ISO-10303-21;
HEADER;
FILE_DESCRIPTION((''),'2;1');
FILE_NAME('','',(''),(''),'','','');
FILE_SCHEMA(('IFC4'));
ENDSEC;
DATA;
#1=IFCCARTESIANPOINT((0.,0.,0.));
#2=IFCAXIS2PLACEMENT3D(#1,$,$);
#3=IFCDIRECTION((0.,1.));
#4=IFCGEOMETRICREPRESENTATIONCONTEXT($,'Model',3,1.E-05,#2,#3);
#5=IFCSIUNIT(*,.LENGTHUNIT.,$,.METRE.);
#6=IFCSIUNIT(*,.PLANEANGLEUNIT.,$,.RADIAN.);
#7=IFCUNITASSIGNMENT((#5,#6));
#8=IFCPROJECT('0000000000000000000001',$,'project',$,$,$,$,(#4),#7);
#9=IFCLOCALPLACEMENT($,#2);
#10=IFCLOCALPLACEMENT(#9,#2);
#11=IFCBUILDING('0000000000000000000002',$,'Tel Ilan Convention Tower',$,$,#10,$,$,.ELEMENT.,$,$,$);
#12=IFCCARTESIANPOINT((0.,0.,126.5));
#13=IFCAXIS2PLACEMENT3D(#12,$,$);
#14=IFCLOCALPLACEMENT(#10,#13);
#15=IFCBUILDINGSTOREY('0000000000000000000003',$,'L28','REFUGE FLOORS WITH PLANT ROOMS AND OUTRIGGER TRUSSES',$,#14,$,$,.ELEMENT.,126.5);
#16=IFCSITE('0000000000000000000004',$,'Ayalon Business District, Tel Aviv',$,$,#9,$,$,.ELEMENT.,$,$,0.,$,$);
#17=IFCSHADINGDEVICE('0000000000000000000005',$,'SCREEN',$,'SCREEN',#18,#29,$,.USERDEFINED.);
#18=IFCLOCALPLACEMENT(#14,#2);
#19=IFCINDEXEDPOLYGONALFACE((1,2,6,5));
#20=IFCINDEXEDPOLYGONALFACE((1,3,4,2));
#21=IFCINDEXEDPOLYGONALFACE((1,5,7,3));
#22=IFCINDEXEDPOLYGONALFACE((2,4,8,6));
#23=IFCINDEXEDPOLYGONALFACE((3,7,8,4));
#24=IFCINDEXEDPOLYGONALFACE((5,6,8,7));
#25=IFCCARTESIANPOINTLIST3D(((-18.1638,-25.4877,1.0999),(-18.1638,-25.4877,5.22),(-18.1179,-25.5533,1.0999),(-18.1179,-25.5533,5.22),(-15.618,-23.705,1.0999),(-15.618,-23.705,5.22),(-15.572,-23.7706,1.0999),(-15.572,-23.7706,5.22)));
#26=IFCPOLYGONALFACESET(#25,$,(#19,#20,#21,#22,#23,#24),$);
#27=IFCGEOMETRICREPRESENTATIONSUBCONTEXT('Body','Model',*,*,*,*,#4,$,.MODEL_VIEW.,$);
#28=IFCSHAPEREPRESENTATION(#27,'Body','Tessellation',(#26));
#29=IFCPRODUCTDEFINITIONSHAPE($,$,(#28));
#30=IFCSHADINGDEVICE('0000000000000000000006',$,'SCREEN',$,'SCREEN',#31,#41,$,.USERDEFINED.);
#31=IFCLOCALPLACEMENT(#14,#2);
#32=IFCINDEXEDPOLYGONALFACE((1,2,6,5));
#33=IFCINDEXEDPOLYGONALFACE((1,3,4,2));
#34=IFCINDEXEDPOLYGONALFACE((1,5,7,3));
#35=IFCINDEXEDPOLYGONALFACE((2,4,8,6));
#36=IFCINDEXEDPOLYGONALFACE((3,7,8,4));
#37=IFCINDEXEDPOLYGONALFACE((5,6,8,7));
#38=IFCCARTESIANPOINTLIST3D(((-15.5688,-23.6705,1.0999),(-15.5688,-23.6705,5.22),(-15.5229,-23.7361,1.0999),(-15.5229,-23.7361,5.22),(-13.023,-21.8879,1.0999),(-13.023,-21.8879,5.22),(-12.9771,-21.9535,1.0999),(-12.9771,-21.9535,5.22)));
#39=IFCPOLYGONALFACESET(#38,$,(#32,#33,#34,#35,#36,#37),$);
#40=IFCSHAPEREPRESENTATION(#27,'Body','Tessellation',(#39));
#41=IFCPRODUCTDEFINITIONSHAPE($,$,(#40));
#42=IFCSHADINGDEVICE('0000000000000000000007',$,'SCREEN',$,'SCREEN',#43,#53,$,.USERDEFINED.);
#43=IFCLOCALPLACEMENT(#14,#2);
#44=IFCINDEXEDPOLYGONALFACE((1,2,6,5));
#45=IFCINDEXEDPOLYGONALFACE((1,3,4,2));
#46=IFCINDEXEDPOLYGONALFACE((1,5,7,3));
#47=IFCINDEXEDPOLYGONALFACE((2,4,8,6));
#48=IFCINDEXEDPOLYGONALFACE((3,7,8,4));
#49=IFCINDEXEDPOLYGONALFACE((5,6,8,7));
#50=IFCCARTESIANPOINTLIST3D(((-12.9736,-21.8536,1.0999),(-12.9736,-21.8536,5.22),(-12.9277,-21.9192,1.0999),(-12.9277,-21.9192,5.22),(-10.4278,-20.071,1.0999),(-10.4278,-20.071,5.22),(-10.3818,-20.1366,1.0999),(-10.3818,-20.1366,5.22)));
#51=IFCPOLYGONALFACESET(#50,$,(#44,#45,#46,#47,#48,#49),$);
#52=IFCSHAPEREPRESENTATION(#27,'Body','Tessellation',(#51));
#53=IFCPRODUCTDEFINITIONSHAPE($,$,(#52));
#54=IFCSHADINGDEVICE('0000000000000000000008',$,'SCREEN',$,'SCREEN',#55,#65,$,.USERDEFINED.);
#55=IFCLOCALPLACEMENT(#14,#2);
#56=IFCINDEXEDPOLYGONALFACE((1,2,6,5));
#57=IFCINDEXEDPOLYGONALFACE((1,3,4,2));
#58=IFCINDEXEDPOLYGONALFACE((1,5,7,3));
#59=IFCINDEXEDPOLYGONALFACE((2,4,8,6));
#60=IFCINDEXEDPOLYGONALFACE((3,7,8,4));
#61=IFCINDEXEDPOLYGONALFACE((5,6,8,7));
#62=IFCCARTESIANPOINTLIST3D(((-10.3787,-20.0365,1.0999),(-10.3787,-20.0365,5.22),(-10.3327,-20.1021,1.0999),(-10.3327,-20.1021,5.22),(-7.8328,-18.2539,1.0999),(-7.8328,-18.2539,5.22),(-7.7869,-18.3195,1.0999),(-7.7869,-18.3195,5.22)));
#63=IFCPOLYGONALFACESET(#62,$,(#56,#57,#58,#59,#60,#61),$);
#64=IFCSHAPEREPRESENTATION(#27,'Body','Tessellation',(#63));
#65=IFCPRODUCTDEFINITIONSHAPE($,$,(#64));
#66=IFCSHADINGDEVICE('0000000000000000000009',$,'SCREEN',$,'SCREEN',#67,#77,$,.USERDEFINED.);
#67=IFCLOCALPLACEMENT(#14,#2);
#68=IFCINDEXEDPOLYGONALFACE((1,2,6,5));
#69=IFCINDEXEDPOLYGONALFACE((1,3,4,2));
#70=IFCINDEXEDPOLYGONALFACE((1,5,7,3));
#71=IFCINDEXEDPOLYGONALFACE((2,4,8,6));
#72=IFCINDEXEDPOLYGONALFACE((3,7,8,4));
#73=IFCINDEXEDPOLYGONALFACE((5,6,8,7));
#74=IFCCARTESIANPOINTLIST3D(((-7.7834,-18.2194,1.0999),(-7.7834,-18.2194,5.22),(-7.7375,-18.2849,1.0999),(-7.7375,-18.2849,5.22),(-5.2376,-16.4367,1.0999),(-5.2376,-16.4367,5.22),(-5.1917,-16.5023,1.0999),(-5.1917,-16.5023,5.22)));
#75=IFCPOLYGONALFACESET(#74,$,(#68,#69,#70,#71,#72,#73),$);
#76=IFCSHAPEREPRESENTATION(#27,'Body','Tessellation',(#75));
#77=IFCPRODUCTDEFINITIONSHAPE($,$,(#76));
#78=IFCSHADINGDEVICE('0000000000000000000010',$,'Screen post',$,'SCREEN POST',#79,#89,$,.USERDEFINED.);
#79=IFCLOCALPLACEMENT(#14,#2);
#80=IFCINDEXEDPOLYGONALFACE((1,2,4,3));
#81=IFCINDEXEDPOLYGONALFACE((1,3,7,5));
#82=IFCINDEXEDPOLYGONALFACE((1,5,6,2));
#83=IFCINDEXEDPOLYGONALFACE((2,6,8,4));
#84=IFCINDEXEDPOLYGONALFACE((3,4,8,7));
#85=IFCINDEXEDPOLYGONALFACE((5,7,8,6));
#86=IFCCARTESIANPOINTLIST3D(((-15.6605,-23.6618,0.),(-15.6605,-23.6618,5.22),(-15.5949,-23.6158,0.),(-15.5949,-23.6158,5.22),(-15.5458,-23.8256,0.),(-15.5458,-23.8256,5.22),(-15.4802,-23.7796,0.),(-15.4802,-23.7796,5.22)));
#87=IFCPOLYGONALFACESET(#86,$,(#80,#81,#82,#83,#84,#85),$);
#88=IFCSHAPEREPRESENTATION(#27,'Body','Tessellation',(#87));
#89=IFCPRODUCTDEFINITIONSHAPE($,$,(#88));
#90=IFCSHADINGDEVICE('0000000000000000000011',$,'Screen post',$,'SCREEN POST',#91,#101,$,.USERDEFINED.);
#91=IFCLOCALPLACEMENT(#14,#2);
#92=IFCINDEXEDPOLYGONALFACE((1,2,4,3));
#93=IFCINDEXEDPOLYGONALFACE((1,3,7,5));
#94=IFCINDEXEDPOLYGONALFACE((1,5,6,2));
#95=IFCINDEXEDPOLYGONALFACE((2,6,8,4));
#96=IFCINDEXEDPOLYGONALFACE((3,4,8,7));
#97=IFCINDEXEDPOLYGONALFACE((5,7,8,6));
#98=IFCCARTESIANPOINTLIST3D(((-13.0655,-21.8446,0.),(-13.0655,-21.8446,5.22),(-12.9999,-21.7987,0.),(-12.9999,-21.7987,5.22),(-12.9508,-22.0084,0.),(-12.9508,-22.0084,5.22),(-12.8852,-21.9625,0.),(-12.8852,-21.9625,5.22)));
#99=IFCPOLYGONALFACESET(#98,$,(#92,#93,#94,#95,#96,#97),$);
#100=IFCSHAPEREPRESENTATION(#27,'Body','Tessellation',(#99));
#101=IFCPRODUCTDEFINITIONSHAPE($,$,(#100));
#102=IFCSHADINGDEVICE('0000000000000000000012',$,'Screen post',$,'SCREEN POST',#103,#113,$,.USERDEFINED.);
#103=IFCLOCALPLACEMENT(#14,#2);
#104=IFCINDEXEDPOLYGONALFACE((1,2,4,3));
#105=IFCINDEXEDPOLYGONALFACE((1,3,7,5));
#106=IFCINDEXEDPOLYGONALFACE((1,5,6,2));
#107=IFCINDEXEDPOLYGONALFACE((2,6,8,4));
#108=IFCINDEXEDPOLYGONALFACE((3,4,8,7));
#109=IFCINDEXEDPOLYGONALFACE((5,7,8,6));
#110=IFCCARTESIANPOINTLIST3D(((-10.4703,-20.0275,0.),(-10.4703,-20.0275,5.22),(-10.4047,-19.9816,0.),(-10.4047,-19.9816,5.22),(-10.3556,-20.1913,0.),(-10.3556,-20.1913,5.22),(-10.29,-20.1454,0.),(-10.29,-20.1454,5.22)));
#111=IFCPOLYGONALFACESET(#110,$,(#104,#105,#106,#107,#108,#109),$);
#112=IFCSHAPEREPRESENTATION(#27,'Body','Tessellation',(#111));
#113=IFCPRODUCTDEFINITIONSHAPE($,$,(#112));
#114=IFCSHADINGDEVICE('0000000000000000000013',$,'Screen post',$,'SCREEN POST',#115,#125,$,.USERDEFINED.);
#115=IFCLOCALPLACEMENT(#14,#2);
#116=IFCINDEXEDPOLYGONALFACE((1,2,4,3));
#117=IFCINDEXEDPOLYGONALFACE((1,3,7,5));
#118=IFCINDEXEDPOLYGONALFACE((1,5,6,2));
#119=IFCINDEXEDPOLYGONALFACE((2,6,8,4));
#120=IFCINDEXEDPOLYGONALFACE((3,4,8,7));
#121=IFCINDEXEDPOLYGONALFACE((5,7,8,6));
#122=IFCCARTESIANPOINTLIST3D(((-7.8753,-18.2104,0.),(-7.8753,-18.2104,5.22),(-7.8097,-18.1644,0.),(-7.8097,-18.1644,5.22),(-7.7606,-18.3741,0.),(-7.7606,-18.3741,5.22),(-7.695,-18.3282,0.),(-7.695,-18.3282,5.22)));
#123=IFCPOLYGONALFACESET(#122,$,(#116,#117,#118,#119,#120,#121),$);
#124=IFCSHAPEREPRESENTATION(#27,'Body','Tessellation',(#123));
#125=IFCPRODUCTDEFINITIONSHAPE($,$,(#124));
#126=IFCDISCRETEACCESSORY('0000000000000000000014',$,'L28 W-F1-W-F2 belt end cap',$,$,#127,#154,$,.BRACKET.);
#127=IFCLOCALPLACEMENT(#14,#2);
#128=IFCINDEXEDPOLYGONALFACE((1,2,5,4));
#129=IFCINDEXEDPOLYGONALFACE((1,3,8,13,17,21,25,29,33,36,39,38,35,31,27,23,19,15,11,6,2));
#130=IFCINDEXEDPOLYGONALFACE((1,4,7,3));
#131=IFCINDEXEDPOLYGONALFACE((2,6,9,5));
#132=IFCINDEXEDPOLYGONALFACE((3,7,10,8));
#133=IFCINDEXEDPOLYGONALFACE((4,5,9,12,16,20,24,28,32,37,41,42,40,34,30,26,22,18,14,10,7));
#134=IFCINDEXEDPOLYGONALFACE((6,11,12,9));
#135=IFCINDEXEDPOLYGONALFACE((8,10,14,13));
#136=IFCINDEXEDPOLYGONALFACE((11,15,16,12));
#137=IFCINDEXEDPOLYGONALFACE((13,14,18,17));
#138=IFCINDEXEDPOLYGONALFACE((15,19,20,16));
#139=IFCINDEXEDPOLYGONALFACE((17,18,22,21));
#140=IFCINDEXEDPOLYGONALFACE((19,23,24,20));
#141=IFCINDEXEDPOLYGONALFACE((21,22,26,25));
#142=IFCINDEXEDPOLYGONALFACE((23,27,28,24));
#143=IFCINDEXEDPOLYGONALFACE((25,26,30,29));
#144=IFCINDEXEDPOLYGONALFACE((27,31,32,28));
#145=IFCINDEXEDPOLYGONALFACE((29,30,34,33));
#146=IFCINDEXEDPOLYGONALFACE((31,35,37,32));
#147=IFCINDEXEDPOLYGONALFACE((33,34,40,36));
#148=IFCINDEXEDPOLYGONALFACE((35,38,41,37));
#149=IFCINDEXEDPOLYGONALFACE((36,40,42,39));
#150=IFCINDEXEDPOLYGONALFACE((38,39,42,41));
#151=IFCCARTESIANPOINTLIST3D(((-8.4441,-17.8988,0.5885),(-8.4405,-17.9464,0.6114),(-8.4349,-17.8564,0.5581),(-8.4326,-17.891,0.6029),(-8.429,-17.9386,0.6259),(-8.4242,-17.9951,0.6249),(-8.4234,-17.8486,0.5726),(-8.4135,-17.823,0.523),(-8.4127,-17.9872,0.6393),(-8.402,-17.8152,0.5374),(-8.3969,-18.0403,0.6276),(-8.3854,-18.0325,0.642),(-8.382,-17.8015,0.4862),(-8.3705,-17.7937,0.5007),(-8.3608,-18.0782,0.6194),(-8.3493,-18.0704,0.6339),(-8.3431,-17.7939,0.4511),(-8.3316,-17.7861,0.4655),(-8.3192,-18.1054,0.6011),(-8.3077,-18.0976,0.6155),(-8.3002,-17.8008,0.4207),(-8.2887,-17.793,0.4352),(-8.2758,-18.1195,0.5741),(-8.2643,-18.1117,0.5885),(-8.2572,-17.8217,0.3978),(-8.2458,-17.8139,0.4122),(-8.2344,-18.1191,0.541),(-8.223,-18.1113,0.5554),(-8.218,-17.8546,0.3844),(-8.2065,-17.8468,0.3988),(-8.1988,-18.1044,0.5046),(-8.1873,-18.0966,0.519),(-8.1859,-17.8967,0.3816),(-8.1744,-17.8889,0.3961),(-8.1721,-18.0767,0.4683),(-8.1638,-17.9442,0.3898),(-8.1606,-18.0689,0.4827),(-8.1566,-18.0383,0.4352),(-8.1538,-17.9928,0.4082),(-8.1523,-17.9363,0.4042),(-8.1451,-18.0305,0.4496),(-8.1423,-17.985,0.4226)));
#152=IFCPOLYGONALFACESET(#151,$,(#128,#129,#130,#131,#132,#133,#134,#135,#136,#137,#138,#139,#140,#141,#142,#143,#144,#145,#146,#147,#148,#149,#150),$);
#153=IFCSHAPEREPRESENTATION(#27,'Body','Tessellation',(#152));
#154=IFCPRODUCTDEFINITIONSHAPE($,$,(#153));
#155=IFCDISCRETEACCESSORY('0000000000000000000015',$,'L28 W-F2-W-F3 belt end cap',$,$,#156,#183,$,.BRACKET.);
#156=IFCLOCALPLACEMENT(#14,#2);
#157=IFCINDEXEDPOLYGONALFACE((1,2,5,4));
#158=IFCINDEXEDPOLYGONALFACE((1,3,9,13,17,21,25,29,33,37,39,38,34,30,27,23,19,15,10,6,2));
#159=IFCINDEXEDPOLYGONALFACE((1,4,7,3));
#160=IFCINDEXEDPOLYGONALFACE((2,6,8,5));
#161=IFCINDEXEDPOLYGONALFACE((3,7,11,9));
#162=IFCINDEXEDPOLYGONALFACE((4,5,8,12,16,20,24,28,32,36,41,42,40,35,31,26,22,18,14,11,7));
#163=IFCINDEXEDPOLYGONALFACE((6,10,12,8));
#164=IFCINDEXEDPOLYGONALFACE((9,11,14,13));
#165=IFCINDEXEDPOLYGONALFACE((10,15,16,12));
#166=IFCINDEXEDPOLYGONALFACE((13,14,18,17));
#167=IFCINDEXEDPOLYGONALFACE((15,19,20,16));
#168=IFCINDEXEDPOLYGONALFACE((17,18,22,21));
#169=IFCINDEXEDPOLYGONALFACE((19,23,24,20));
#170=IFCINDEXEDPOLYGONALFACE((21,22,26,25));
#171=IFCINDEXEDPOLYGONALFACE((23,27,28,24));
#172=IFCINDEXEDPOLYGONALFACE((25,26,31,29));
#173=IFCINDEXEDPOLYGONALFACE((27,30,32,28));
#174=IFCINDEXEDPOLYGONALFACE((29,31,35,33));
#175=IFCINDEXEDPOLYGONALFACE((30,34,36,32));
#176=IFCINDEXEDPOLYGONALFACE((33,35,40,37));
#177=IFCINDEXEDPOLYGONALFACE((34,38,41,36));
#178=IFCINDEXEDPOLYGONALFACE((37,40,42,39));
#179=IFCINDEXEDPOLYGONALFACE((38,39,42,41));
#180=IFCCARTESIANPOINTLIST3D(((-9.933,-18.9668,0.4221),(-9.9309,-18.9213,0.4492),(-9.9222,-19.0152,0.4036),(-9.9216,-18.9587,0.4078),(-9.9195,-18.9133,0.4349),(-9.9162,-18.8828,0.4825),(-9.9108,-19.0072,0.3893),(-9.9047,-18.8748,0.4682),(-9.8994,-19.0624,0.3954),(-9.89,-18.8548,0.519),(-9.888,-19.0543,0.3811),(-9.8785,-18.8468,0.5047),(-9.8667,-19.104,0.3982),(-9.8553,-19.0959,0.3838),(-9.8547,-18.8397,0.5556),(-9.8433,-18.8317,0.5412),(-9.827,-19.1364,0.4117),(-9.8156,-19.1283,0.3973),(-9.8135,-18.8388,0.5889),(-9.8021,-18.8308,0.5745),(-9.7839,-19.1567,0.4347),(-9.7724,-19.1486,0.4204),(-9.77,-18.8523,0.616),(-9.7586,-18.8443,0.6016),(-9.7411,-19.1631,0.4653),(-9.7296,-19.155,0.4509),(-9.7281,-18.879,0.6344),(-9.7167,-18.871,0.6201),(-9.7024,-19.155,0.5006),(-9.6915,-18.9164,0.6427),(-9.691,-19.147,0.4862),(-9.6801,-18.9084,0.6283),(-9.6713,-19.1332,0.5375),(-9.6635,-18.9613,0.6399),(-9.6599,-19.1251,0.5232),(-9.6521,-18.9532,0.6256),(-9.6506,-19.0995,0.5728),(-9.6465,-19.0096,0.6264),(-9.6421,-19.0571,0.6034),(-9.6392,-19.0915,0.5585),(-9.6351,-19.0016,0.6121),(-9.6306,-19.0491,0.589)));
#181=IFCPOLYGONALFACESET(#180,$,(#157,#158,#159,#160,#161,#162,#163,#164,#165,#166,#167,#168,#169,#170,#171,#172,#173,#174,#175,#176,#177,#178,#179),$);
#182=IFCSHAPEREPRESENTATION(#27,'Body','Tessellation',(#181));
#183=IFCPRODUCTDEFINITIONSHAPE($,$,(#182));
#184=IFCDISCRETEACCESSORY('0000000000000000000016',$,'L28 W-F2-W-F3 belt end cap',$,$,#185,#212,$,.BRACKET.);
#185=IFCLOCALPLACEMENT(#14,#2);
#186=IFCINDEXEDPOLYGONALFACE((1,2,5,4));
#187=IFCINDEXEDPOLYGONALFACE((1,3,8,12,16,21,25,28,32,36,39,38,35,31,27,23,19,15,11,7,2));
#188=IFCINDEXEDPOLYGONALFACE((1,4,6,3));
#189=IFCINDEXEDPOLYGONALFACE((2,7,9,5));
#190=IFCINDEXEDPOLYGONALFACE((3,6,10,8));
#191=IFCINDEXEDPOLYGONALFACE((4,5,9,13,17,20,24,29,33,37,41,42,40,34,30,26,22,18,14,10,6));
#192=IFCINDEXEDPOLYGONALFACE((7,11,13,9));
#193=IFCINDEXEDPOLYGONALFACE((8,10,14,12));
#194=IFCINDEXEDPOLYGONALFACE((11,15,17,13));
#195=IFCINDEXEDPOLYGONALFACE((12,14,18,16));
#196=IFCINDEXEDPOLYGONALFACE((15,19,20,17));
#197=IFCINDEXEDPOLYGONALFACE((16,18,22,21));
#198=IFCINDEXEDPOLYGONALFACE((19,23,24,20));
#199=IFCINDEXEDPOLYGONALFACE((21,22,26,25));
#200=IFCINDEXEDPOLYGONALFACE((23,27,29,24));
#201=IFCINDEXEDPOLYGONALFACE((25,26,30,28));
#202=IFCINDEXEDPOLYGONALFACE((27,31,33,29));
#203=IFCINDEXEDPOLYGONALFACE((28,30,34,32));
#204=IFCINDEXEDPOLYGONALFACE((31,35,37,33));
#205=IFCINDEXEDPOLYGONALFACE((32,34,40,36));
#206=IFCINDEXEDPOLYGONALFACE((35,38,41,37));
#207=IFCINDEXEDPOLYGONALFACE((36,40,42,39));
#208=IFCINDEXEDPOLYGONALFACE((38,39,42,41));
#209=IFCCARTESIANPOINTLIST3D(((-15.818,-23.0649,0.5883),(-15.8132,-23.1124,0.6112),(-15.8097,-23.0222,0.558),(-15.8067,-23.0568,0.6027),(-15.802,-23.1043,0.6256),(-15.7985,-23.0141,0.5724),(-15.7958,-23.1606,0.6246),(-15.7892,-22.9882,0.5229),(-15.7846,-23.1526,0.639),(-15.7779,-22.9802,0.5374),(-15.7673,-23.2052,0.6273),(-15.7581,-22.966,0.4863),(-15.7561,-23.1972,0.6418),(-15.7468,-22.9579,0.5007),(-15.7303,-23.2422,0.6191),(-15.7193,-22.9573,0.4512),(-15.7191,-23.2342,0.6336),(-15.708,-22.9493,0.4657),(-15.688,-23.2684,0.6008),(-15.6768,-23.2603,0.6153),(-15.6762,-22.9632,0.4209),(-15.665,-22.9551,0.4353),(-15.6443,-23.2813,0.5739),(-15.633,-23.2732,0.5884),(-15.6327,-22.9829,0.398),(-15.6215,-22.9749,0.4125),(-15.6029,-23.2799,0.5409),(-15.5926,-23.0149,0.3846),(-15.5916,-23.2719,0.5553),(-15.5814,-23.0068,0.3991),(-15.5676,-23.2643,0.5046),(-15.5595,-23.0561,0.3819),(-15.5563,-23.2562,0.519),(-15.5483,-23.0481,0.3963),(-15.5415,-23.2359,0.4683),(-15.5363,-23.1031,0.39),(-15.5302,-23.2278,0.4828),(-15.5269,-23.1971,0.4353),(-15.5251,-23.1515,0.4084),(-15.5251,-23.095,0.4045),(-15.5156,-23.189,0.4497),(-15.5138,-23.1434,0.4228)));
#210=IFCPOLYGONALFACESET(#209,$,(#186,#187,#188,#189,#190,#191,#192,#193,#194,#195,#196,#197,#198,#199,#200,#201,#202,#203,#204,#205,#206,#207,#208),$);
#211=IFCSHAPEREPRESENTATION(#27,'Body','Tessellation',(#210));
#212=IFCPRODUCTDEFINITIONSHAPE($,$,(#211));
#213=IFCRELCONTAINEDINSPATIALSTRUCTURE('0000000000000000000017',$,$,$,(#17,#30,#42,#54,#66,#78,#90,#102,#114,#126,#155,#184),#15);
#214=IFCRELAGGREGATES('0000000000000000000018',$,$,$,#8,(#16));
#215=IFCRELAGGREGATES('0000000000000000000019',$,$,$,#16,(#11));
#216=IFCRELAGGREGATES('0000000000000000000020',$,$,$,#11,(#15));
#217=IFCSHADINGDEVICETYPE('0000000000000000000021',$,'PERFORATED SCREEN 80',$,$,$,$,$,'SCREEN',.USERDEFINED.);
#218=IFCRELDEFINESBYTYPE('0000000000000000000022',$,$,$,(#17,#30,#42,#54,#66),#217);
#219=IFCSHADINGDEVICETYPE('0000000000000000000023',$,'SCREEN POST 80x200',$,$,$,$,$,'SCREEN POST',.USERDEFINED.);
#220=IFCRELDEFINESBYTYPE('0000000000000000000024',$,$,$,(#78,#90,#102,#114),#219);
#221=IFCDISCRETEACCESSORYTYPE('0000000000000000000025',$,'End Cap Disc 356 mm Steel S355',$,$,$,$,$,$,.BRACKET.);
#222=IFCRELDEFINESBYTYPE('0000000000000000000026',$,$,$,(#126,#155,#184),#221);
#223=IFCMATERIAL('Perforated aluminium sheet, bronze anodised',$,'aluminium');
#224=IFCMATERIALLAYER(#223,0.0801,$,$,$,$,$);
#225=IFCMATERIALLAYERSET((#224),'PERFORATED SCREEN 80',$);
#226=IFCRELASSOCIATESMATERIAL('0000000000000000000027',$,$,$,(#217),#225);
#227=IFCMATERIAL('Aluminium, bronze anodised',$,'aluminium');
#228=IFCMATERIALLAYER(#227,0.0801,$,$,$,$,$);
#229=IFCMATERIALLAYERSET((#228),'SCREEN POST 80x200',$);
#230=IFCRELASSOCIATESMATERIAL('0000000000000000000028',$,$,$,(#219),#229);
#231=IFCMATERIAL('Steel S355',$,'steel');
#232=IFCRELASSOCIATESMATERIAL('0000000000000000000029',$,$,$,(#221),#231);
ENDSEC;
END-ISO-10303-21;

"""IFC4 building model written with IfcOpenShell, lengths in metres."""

from ifc_helpers import new_model, si_unit, direction, frame, origin, origin_2d, place, context, subcontext, project, spatial, rectangle, circle, extrude, material, layer, layer_set, material_profile, profile_set, type_object, element, save


model = new_model("IFC4")

# Units and contexts
model_context = context("Model", 3, precision=1e-05, world=origin(), true_north=direction((0.0, 1.0)))
body_context = subcontext(model_context, "Body", "Model", "MODEL_VIEW")
ifc_project = project(units=[si_unit("LENGTHUNIT", "METRE"), si_unit("PLANEANGLEUNIT", "RADIAN")], contexts=[model_context])

# Site, building, storey
site_placement = place(None, origin())
site = spatial("IfcSite", under=ifc_project, at=site_placement, Name="Ayalon Business District, Tel Aviv", CompositionType="ELEMENT", RefElevation=0.0)
building_placement = place(site_placement, origin())
building = spatial("IfcBuilding", under=site, at=building_placement, Name="Tel Ilan Convention Tower", CompositionType="ELEMENT")
storey_placement = place(building_placement, frame((0.0, 0.0, 126.5)))
storey = spatial("IfcBuildingStorey", under=building, at=storey_placement, Name="L28", Description="REFUGE FLOORS WITH PLANT ROOMS AND OUTRIGGER TRUSSES", CompositionType="ELEMENT", Elevation=126.5)

# Shading devices
ifc_material_1 = material(Name="Perforated aluminium sheet, bronze anodised", Category="aluminium")
ifc_layer_1 = layer(ifc_material_1, 0.0801)
ifc_layer_set_1 = layer_set([ifc_layer_1], Name="PERFORATED SCREEN 80")
shading_device_type_1 = type_object("IfcShadingDeviceType", Name="PERFORATED SCREEN 80", ElementType="SCREEN", PredefinedType="USERDEFINED", material=ifc_layer_set_1)
for number, where, z_axis, x_axis, name in (
    (1, (-16.8679, -24.6292, 1.0999), (0.0, 0.0, 1.0), (0.819152, 0.573576, 0.0), "SCREEN"),
    (2, (-14.2729, -22.812, 1.0999), (0.0, 0.0, 1.0), (0.819152, 0.573576, 0.0), "SCREEN"),
    (3, (-11.6777, -20.9951, 1.0999), (0.0, 0.0, 1.0), (0.819152, 0.573576, 0.0), "SCREEN"),
    (4, (-9.0828, -19.178, 1.0999), (0.0, 0.0, 1.0), (0.819152, 0.573576, 0.0), "SCREEN"),
    (5, (-6.4875, -17.3608, 1.0999), (0.0, 0.0, 1.0), (0.819152, 0.573576, 0.0), "SCREEN"),
):
    element("IfcShadingDevice", number, at=place(storey_placement, frame(where, z_axis=z_axis, x_axis=x_axis)), inside=storey, type_object=shading_device_type_1, Name=name, ObjectType="SCREEN", PredefinedType="USERDEFINED", context=body_context, shape_type="SweptSolid", body=[
        extrude(rectangle(XDim=3.1079, YDim=0.0801, at=origin_2d()), origin(), (0.0, 0.0, 1.0), 4.1201),
    ])
ifc_material_2 = material(Name="Aluminium, bronze anodised", Category="aluminium")
ifc_layer_2 = layer(ifc_material_2, 0.0801)
ifc_layer_set_2 = layer_set([ifc_layer_2], Name="SCREEN POST 80x200")
shading_device_type_2 = type_object("IfcShadingDeviceType", Name="SCREEN POST 80x200", ElementType="SCREEN POST", PredefinedType="USERDEFINED", material=ifc_layer_set_2)
for number, where, z_axis, x_axis, name in (
    (6, (-15.5703, -23.7207, 0.0), (0.0, 0.0, 1.0), (0.819152, 0.573576, 0.0), "Screen post"),
    (7, (-12.9753, -21.9036, 0.0), (0.0, 0.0, 1.0), (0.819152, 0.573576, 0.0), "Screen post"),
    (8, (-10.3801, -20.0864, 0.0), (0.0, 0.0, 1.0), (0.819152, 0.573576, 0.0), "Screen post"),
    (9, (-7.7852, -18.2693, 0.0), (0.0, 0.0, 1.0), (0.819152, 0.573576, 0.0), "Screen post"),
):
    element("IfcShadingDevice", number, at=place(storey_placement, frame(where, z_axis=z_axis, x_axis=x_axis)), inside=storey, type_object=shading_device_type_2, Name=name, ObjectType="SCREEN POST", PredefinedType="USERDEFINED", context=body_context, shape_type="SweptSolid", body=[
        extrude(rectangle(XDim=0.0801, YDim=0.2, at=origin_2d()), origin(), (0.0, 0.0, 1.0), 5.22),
    ])

# Discrete accessories
ifc_material_3 = material(Name="Steel S355", Category="steel")
ifc_material_profile_1 = material_profile(ifc_material_3, circle(Radius=0.1777, at=origin_2d()), Name="End Cap Disc 356 mm Steel S355")
ifc_profile_set_1 = profile_set([ifc_material_profile_1], Name="Steel S355")
discrete_accessory_type_1 = type_object("IfcDiscreteAccessoryType", Name="End Cap Disc 356 mm Steel S355", PredefinedType="BRACKET", material=ifc_profile_set_1)
for number, where, z_axis, x_axis, name in (
    (10, (-8.2874, -17.9497, 0.519), (-0.573597, -0.390534, -0.720048), (0.562791, -0.826599, 0.0), "L28 W-F1-W-F2 belt end cap"),
    (11, (-9.7878, -19.0002, 0.519), (0.570841, 0.400803, -0.716587), (-0.57463, 0.818413, 0.0), "L28 W-F2-W-F3 belt end cap"),
    (12, (-15.6599, -23.1118, 0.519), (-0.562568, -0.403581, -0.721554), (0.582908, -0.812538, 0.0), "L28 W-F2-W-F3 belt end cap"),
):
    element("IfcDiscreteAccessory", number, at=place(storey_placement, frame(where, z_axis=z_axis, x_axis=x_axis)), inside=storey, type_object=discrete_accessory_type_1, Name=name, PredefinedType="BRACKET", context=body_context, shape_type="SweptSolid", body=[
        extrude(circle(Radius=0.1777, at=origin_2d()), origin(), (0.0, 0.0, 1.0), 0.02),
    ])

save(model, "model.ifc")
